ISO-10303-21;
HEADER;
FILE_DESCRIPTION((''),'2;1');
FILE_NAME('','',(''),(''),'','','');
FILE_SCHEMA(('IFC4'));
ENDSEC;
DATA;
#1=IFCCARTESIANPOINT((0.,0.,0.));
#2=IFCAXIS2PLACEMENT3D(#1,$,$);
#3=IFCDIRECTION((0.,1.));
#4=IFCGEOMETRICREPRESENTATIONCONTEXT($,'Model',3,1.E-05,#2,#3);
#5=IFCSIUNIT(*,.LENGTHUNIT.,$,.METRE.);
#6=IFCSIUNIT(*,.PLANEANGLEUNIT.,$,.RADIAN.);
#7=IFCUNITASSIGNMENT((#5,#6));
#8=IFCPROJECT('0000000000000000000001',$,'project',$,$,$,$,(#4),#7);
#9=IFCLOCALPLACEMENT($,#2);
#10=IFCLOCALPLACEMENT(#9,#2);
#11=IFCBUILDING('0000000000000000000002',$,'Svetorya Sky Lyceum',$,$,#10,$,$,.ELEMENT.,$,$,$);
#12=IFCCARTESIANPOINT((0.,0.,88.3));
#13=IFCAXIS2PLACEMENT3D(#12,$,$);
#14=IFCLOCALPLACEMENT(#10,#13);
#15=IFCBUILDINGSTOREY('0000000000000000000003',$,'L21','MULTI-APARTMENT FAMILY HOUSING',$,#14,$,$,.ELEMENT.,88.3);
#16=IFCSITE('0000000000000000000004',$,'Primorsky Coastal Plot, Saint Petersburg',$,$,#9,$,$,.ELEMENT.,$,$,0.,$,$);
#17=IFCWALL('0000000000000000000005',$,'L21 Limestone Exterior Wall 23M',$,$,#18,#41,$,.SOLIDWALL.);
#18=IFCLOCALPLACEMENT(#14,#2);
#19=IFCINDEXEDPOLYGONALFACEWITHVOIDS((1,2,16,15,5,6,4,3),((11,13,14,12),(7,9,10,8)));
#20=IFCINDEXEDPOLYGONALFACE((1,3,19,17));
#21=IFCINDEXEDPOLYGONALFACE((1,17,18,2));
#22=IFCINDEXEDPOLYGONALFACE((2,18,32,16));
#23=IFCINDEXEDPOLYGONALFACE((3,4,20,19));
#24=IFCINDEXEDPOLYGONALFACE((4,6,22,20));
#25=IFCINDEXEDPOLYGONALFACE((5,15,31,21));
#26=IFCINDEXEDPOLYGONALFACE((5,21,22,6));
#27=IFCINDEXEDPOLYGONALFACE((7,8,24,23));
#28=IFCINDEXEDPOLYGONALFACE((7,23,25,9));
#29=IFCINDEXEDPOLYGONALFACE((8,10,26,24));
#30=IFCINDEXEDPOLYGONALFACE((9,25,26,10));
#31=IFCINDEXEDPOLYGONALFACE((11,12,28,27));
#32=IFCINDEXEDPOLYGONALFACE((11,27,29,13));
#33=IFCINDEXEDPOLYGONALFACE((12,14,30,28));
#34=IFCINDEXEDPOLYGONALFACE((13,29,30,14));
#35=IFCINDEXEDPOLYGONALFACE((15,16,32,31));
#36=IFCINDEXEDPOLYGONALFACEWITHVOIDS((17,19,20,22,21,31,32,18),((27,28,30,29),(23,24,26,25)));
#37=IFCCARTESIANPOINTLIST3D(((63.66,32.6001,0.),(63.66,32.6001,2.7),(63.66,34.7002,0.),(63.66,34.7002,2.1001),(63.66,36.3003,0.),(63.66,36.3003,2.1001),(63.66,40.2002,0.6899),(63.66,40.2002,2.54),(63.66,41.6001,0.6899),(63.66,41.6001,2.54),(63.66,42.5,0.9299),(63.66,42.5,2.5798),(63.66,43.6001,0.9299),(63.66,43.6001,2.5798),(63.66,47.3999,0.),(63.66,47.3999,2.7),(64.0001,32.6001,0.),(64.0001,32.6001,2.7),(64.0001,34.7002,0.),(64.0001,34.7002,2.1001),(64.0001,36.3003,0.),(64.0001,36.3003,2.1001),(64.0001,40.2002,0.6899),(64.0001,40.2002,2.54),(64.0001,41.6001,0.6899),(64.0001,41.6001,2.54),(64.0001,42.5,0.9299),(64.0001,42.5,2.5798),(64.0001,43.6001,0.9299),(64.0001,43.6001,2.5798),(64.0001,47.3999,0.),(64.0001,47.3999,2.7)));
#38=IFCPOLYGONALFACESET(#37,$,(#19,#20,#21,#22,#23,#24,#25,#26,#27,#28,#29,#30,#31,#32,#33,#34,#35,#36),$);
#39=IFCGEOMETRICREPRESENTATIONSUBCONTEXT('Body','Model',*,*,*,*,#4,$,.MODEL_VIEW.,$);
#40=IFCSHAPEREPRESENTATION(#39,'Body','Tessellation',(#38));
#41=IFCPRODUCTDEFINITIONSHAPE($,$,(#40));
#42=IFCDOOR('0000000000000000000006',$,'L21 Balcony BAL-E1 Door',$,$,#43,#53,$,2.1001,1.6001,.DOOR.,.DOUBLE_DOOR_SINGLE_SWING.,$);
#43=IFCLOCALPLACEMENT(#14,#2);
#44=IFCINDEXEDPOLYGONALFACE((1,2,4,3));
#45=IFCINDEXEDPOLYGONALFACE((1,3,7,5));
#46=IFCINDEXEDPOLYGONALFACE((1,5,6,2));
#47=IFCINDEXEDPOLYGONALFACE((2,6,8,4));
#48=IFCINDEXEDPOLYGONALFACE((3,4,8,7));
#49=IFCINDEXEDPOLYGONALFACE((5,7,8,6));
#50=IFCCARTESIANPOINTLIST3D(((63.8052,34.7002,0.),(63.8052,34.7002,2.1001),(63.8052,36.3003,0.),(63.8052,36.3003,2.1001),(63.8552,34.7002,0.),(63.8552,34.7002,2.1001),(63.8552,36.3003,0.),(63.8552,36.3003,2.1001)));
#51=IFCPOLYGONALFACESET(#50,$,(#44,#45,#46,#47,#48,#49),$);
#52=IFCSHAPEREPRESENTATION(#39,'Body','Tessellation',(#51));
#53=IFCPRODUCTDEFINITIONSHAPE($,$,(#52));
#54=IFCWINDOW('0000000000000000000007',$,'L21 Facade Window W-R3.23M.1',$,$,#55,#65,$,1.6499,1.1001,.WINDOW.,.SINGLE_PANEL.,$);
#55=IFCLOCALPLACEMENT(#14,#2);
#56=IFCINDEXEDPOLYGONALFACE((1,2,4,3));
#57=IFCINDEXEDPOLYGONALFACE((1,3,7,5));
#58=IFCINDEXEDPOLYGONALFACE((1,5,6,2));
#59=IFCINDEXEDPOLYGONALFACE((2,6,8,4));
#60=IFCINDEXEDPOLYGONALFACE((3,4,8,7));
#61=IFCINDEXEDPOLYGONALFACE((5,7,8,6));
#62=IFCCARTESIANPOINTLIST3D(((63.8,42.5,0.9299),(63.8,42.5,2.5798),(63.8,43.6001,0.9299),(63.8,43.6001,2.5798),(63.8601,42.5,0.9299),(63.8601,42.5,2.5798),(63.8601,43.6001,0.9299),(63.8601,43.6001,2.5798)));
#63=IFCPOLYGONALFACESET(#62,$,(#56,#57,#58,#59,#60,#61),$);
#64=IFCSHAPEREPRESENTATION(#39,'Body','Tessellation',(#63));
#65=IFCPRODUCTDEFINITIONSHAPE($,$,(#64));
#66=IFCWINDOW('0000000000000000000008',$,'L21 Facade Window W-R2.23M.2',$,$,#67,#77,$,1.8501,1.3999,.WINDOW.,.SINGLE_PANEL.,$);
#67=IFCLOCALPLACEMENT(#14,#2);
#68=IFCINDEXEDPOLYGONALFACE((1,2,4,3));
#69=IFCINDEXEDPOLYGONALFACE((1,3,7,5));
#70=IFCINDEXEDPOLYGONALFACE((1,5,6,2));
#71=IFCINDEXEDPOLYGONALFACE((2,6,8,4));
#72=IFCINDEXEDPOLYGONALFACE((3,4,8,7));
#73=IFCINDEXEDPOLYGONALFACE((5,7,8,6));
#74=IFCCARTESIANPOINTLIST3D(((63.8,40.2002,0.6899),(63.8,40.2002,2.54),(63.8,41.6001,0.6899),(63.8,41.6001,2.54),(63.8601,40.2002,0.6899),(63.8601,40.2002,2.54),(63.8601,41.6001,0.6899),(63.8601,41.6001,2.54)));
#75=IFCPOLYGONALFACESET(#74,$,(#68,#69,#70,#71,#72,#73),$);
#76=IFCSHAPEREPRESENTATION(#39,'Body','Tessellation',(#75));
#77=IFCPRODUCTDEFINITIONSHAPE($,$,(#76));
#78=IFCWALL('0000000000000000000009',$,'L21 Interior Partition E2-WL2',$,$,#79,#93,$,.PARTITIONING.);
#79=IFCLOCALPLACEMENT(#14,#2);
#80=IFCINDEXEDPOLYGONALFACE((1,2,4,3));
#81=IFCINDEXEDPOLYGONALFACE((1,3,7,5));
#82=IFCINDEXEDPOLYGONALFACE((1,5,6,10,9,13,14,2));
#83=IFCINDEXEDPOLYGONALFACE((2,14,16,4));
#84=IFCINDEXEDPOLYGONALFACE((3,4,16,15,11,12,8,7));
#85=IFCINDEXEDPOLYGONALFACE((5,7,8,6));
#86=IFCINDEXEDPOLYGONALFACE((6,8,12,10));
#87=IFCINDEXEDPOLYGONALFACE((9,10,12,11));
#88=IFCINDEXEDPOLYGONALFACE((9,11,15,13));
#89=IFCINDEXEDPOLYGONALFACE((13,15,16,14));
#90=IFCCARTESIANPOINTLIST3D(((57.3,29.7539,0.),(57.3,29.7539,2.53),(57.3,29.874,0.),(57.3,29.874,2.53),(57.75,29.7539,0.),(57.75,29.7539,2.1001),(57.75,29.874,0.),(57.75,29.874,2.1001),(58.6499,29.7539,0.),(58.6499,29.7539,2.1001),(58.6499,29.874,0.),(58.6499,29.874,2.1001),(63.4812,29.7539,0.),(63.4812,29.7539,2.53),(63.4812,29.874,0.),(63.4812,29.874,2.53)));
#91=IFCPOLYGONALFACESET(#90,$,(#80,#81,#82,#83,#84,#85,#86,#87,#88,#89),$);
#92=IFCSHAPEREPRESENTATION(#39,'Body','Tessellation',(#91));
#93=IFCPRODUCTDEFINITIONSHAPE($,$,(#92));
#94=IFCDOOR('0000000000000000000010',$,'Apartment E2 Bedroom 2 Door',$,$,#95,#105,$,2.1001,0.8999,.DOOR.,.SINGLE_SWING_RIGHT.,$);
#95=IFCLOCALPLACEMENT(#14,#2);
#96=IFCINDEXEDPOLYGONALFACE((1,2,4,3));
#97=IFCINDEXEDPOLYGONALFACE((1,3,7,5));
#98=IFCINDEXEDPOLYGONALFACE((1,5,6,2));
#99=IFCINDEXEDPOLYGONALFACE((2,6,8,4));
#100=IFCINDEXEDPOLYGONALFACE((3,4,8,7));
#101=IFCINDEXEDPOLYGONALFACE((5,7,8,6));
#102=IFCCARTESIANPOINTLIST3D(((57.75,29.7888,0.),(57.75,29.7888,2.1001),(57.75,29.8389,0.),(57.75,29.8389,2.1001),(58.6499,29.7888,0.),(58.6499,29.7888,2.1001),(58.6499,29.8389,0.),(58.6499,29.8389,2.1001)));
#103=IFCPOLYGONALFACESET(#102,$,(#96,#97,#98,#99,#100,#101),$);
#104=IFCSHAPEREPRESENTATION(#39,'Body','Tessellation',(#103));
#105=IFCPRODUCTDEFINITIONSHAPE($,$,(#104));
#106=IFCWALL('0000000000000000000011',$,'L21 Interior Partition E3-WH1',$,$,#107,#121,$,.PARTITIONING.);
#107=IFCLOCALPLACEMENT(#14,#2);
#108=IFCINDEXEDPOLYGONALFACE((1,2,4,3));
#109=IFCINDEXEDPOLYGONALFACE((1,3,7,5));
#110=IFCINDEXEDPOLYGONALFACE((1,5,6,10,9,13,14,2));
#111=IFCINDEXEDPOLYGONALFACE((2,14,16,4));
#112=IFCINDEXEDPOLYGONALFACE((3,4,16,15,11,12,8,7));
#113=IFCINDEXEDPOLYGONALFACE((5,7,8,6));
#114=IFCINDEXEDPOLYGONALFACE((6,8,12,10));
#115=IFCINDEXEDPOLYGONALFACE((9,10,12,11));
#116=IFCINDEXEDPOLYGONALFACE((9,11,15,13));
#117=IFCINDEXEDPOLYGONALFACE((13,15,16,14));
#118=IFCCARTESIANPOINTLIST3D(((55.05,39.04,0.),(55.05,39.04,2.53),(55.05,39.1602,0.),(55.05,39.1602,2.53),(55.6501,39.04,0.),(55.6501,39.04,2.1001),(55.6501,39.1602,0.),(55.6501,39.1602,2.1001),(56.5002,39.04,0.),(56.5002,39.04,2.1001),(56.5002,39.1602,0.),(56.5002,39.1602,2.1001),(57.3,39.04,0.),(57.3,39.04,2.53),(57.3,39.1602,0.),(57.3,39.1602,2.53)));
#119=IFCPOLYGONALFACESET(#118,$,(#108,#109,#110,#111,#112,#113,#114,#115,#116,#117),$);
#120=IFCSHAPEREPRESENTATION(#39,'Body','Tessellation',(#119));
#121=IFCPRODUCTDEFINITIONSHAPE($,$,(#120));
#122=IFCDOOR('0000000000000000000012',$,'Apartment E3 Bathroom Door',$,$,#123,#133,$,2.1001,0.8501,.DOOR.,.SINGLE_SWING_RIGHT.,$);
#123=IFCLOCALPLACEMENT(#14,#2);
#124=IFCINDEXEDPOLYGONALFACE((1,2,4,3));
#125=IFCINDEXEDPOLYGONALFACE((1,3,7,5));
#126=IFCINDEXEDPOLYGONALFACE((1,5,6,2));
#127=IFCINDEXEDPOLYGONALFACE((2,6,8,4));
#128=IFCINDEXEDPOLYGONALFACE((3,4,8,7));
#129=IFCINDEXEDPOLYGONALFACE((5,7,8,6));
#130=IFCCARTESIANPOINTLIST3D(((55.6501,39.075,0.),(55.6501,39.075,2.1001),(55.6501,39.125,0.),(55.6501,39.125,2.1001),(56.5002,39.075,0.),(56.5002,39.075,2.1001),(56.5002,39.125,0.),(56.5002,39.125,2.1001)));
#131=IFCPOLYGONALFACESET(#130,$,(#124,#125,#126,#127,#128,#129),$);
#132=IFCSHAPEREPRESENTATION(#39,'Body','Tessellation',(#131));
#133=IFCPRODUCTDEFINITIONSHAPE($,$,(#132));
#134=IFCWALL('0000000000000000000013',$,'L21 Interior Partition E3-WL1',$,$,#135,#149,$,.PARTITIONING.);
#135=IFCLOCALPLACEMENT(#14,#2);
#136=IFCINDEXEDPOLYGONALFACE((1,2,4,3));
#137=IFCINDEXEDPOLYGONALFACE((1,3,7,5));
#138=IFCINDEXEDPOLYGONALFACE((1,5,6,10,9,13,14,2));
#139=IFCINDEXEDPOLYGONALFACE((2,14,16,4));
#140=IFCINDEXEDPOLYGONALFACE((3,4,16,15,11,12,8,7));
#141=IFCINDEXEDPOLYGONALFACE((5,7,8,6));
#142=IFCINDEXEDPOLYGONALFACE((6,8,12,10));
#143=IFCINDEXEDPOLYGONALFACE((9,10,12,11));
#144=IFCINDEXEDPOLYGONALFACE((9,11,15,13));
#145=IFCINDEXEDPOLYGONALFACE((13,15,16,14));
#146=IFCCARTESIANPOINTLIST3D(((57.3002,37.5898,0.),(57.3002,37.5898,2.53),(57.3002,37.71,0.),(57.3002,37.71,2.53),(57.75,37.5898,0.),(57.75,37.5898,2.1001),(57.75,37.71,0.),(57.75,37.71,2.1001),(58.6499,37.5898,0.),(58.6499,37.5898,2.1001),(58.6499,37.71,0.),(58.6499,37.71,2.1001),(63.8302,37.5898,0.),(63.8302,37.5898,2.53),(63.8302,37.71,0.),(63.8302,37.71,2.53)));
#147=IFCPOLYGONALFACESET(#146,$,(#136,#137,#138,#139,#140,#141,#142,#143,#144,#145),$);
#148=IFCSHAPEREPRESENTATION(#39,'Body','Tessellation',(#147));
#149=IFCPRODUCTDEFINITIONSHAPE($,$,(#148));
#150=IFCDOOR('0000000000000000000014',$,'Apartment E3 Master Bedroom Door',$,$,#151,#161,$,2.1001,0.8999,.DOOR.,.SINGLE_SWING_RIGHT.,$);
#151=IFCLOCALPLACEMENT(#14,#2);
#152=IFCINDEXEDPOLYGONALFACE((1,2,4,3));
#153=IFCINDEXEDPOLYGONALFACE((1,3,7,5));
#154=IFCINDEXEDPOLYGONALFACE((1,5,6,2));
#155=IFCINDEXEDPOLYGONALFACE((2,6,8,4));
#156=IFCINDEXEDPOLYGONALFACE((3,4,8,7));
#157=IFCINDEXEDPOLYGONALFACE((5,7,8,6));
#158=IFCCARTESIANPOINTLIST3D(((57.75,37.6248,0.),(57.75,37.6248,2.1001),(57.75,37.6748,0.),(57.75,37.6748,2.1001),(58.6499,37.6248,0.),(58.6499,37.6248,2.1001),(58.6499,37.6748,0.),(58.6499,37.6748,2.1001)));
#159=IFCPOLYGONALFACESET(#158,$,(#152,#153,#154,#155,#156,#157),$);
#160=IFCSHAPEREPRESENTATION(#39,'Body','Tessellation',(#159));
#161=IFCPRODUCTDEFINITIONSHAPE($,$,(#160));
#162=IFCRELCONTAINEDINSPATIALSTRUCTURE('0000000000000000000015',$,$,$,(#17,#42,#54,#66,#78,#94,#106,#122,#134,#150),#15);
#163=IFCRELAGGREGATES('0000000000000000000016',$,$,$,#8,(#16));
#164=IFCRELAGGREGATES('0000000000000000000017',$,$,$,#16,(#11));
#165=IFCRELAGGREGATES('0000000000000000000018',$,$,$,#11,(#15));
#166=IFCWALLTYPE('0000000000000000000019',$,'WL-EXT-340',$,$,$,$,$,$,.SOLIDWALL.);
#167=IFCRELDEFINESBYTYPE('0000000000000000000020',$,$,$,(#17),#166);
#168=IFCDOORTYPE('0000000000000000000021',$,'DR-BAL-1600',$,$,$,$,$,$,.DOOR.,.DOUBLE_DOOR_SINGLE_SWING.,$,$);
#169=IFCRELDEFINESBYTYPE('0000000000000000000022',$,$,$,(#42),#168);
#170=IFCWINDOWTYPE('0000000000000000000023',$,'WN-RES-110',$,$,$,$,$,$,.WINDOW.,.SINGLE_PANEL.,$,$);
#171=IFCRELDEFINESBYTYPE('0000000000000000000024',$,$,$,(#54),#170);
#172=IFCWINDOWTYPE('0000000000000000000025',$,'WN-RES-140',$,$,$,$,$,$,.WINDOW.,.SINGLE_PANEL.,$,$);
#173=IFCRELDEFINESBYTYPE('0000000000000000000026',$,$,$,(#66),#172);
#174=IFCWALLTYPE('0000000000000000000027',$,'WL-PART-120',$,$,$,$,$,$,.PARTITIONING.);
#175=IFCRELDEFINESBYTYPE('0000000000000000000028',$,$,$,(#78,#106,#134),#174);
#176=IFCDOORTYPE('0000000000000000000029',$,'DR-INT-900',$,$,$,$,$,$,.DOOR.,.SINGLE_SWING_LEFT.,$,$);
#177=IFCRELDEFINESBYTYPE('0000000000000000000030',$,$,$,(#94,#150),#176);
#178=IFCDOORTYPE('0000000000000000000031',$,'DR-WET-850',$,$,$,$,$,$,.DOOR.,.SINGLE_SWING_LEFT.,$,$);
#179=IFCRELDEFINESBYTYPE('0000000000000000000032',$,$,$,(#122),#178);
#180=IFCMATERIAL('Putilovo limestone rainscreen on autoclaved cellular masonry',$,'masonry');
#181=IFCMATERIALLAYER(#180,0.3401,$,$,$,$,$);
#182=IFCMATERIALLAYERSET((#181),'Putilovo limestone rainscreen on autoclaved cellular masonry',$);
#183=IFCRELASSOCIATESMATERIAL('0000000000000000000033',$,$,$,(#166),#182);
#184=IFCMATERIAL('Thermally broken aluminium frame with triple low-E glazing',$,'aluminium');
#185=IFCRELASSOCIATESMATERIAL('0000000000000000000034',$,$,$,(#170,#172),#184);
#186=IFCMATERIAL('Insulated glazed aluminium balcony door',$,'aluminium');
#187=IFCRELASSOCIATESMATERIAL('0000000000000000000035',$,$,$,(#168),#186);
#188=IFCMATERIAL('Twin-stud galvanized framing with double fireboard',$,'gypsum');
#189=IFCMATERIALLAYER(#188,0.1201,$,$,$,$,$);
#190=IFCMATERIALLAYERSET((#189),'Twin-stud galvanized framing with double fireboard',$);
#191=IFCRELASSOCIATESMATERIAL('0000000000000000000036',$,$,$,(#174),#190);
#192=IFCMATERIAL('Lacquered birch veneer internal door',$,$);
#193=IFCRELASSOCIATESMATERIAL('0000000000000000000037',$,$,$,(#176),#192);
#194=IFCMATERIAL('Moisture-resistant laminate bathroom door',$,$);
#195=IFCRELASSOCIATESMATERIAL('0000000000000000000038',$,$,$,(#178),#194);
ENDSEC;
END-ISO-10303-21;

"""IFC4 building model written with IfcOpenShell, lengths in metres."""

from ifc_helpers import new_model, si_unit, direction, frame, frame_2d, origin, place, context, subcontext, project, spatial, rectangle, extrude, material, layer, layer_set, type_object, element, fill, save


model = new_model("IFC4")

# Units and contexts
model_context = context("Model", 3, precision=1e-05, world=origin(), true_north=direction((0.0, 1.0)))
body_context = subcontext(model_context, "Body", "Model", "MODEL_VIEW")
ifc_project = project(units=[si_unit("LENGTHUNIT", "METRE"), si_unit("PLANEANGLEUNIT", "RADIAN")], contexts=[model_context])

# Site, building, storey
site_placement = place(None, origin())
site = spatial("IfcSite", under=ifc_project, at=site_placement, Name="Primorsky Coastal Plot, Saint Petersburg", CompositionType="ELEMENT", RefElevation=0.0)
building_placement = place(site_placement, origin())
building = spatial("IfcBuilding", under=site, at=building_placement, Name="Svetorya Sky Lyceum", CompositionType="ELEMENT")
storey_placement = place(building_placement, frame((0.0, 0.0, 88.3)))
storey = spatial("IfcBuildingStorey", under=building, at=storey_placement, Name="L21", Description="MULTI-APARTMENT FAMILY HOUSING", CompositionType="ELEMENT", Elevation=88.3)

# Shared definitions
ifc_material_1 = material(Name="Putilovo limestone rainscreen on autoclaved cellular masonry", Category="masonry")
ifc_layer_1 = layer(ifc_material_1, 0.3401)
ifc_layer_set_1 = layer_set([ifc_layer_1], Name="Putilovo limestone rainscreen on autoclaved cellular masonry")
wall_type_1 = type_object("IfcWallType", Name="WL-EXT-340", PredefinedType="SOLIDWALL", material=ifc_layer_set_1)

# Shared definitions
ifc_material_2 = material(Name="Thermally broken aluminium frame with triple low-E glazing", Category="aluminium")
window_type_1 = type_object("IfcWindowType", Name="WN-RES-110", PartitioningType="SINGLE_PANEL", PredefinedType="WINDOW", material=ifc_material_2)

# Wall, openings, door, windows
wall_1_placement = place(storey_placement, frame((63.8301, 32.6001, 0.0), z_axis=(0.0, 0.0, 1.0), x_axis=(0.0, 1.0, 0.0)))
wall_1 = element("IfcWall", 1, at=wall_1_placement, inside=storey, type_object=wall_type_1, Name="L21 Limestone Exterior Wall 23M", PredefinedType="SOLIDWALL", context=body_context, shape_type="SweptSolid", body=[
    extrude(rectangle(XDim=14.7998, YDim=0.3401, at=frame_2d((7.3999, 0.0))), origin(), (0.0, 0.0, 1.0), 2.7),
])
opening_1_placement = place(wall_1_placement, frame((2.1001, 0.0, 0.0)))
opening_1 = element("IfcOpeningElement", 2, at=opening_1_placement, cuts=wall_1, PredefinedType="OPENING", context=body_context, shape_type="SweptSolid", body=[
    extrude(rectangle(XDim=1.6001, YDim=2.1001, at=frame_2d((0.8, 1.05))), frame((0.0, 0.1799, 0.0), z_axis=(0.0, -1.0, 0.0), x_axis=(1.0, 0.0, 0.0)), (0.0, 0.0, 1.0), 0.3601),
])
opening_2_placement = place(wall_1_placement, frame((7.6001, 0.0, 0.6899)))
opening_2 = element("IfcOpeningElement", 3, at=opening_2_placement, cuts=wall_1, PredefinedType="OPENING", context=body_context, shape_type="SweptSolid", body=[
    extrude(rectangle(XDim=1.3999, YDim=1.8501, at=frame_2d((0.7, 0.925))), frame((0.0, 0.1799, 0.0), z_axis=(0.0, -1.0, 0.0), x_axis=(1.0, 0.0, 0.0)), (0.0, 0.0, 1.0), 0.3601),
])
opening_3_placement = place(wall_1_placement, frame((9.8999, 0.0, 0.9299)))
opening_3 = element("IfcOpeningElement", 4, at=opening_3_placement, cuts=wall_1, PredefinedType="OPENING", context=body_context, shape_type="SweptSolid", body=[
    extrude(rectangle(XDim=1.1001, YDim=1.6499, at=frame_2d((0.55, 0.825))), frame((0.0, 0.1799, 0.0), z_axis=(0.0, -1.0, 0.0), x_axis=(1.0, 0.0, 0.0)), (0.0, 0.0, 1.0), 0.3601),
])
ifc_material_3 = material(Name="Insulated glazed aluminium balcony door", Category="aluminium")
door_type_1 = type_object("IfcDoorType", Name="DR-BAL-1600", OperationType="DOUBLE_DOOR_SINGLE_SWING", PredefinedType="DOOR", material=ifc_material_3)
door_1_placement = place(opening_1_placement, origin())
door_1 = element("IfcDoor", 5, at=door_1_placement, inside=storey, type_object=door_type_1, Name="L21 Balcony BAL-E1 Door", OperationType="DOUBLE_DOOR_SINGLE_SWING", OverallHeight=2.1001, OverallWidth=1.6001, PredefinedType="DOOR", context=body_context, shape_type="SweptSolid", body=[
    extrude(rectangle(XDim=1.6001, YDim=2.1001, at=frame_2d((0.8, 1.05))), frame((0.0, 0.0249, 0.0), z_axis=(0.0, -1.0, 0.0), x_axis=(1.0, 0.0, 0.0)), (0.0, 0.0, 1.0), 0.05),
])
fill(opening_1, door_1)
window_1_placement = place(opening_3_placement, origin())
window_1 = element("IfcWindow", 6, at=window_1_placement, inside=storey, type_object=window_type_1, Name="L21 Facade Window W-R3.23M.1", OverallHeight=1.6499, OverallWidth=1.1001, PartitioningType="SINGLE_PANEL", PredefinedType="WINDOW", context=body_context, shape_type="SweptSolid", body=[
    extrude(rectangle(XDim=1.1001, YDim=1.6499, at=frame_2d((0.55, 0.825))), frame((0.0, 0.03, 0.0), z_axis=(0.0, -1.0, 0.0), x_axis=(1.0, 0.0, 0.0)), (0.0, 0.0, 1.0), 0.0601),
])
fill(opening_3, window_1)
window_type_2 = type_object("IfcWindowType", Name="WN-RES-140", PartitioningType="SINGLE_PANEL", PredefinedType="WINDOW", material=ifc_material_2)
window_2_placement = place(opening_2_placement, origin())
window_2 = element("IfcWindow", 7, at=window_2_placement, inside=storey, type_object=window_type_2, Name="L21 Facade Window W-R2.23M.2", OverallHeight=1.8501, OverallWidth=1.3999, PartitioningType="SINGLE_PANEL", PredefinedType="WINDOW", context=body_context, shape_type="SweptSolid", body=[
    extrude(rectangle(XDim=1.3999, YDim=1.8501, at=frame_2d((0.7, 0.925))), frame((0.0, 0.03, 0.0), z_axis=(0.0, -1.0, 0.0), x_axis=(1.0, 0.0, 0.0)), (0.0, 0.0, 1.0), 0.0601),
])
fill(opening_2, window_2)

# Walls, openings, doors
ifc_material_4 = material(Name="Twin-stud galvanized framing with double fireboard", Category="gypsum")
ifc_layer_2 = layer(ifc_material_4, 0.1201)
ifc_layer_set_2 = layer_set([ifc_layer_2], Name="Twin-stud galvanized framing with double fireboard")
wall_type_2 = type_object("IfcWallType", Name="WL-PART-120", PredefinedType="PARTITIONING", material=ifc_layer_set_2)
wall_2_placement = place(storey_placement, frame((57.3, 29.814, 0.0), z_axis=(0.0, 0.0, 1.0), x_axis=(1.0, 0.0, 0.0)))
wall_2 = element("IfcWall", 8, at=wall_2_placement, inside=storey, type_object=wall_type_2, Name="L21 Interior Partition E2-WL2", PredefinedType="PARTITIONING", context=body_context, shape_type="SweptSolid", body=[
    extrude(rectangle(XDim=6.1812, YDim=0.1201, at=frame_2d((3.0906, 0.0))), origin(), (0.0, 0.0, 1.0), 2.53),
])
opening_4_placement = place(wall_2_placement, frame((0.45, 0.0, 0.0)))
opening_4 = element("IfcOpeningElement", 9, at=opening_4_placement, cuts=wall_2, PredefinedType="OPENING", context=body_context, shape_type="SweptSolid", body=[
    extrude(rectangle(XDim=0.8999, YDim=2.1001, at=frame_2d((0.45, 1.05))), frame((0.0, 0.0701, 0.0), z_axis=(0.0, -1.0, 0.0), x_axis=(1.0, 0.0, 0.0)), (0.0, 0.0, 1.0), 0.1401),
])
ifc_material_5 = material(Name="Lacquered birch veneer internal door")
door_type_2 = type_object("IfcDoorType", Name="DR-INT-900", OperationType="SINGLE_SWING_LEFT", PredefinedType="DOOR", material=ifc_material_5)
door_2_placement = place(opening_4_placement, origin())
door_2 = element("IfcDoor", 10, at=door_2_placement, inside=storey, type_object=door_type_2, Name="Apartment E2 Bedroom 2 Door", OperationType="SINGLE_SWING_RIGHT", OverallHeight=2.1001, OverallWidth=0.8999, PredefinedType="DOOR", context=body_context, shape_type="SweptSolid", body=[
    extrude(rectangle(XDim=0.8999, YDim=2.1001, at=frame_2d((0.45, 1.05))), frame((0.0, 0.0249, 0.0), z_axis=(0.0, -1.0, 0.0), x_axis=(1.0, 0.0, 0.0)), (0.0, 0.0, 1.0), 0.05),
])
fill(opening_4, door_2)
wall_3_placement = place(storey_placement, frame((55.05, 39.1001, 0.0), z_axis=(0.0, 0.0, 1.0), x_axis=(1.0, 0.0, 0.0)))
wall_3 = element("IfcWall", 11, at=wall_3_placement, inside=storey, type_object=wall_type_2, Name="L21 Interior Partition E3-WH1", PredefinedType="PARTITIONING", context=body_context, shape_type="SweptSolid", body=[
    extrude(rectangle(XDim=2.25, YDim=0.1201, at=frame_2d((1.125, 0.0))), origin(), (0.0, 0.0, 1.0), 2.53),
])
opening_5_placement = place(wall_3_placement, frame((0.6001, 0.0, 0.0)))
opening_5 = element("IfcOpeningElement", 12, at=opening_5_placement, cuts=wall_3, PredefinedType="OPENING", context=body_context, shape_type="SweptSolid", body=[
    extrude(rectangle(XDim=0.8501, YDim=2.1001, at=frame_2d((0.425, 1.05))), frame((0.0, 0.0701, 0.0), z_axis=(0.0, -1.0, 0.0), x_axis=(1.0, 0.0, 0.0)), (0.0, 0.0, 1.0), 0.1401),
])
ifc_material_6 = material(Name="Moisture-resistant laminate bathroom door")
door_type_3 = type_object("IfcDoorType", Name="DR-WET-850", OperationType="SINGLE_SWING_LEFT", PredefinedType="DOOR", material=ifc_material_6)
door_3_placement = place(opening_5_placement, origin())
door_3 = element("IfcDoor", 13, at=door_3_placement, inside=storey, type_object=door_type_3, Name="Apartment E3 Bathroom Door", OperationType="SINGLE_SWING_RIGHT", OverallHeight=2.1001, OverallWidth=0.8501, PredefinedType="DOOR", context=body_context, shape_type="SweptSolid", body=[
    extrude(rectangle(XDim=0.8501, YDim=2.1001, at=frame_2d((0.425, 1.05))), frame((0.0, 0.0249, 0.0), z_axis=(0.0, -1.0, 0.0), x_axis=(1.0, 0.0, 0.0)), (0.0, 0.0, 1.0), 0.05),
])
fill(opening_5, door_3)
wall_4_placement = place(storey_placement, frame((57.3, 37.6499, 0.0), z_axis=(0.0, 0.0, 1.0), x_axis=(1.0, 0.0, 0.0)))
wall_4 = element("IfcWall", 14, at=wall_4_placement, inside=storey, type_object=wall_type_2, Name="L21 Interior Partition E3-WL1", PredefinedType="PARTITIONING", context=body_context, shape_type="SweptSolid", body=[
    extrude(rectangle(XDim=6.53, YDim=0.1201, at=frame_2d((3.2651, 0.0))), origin(), (0.0, 0.0, 1.0), 2.53),
])
opening_6_placement = place(wall_4_placement, frame((0.45, 0.0, 0.0)))
opening_6 = element("IfcOpeningElement", 15, at=opening_6_placement, cuts=wall_4, PredefinedType="OPENING", context=body_context, shape_type="SweptSolid", body=[
    extrude(rectangle(XDim=0.8999, YDim=2.1001, at=frame_2d((0.45, 1.05))), frame((0.0, 0.0701, 0.0), z_axis=(0.0, -1.0, 0.0), x_axis=(1.0, 0.0, 0.0)), (0.0, 0.0, 1.0), 0.1401),
])
door_4_placement = place(opening_6_placement, origin())
door_4 = element("IfcDoor", 16, at=door_4_placement, inside=storey, type_object=door_type_2, Name="Apartment E3 Master Bedroom Door", OperationType="SINGLE_SWING_RIGHT", OverallHeight=2.1001, OverallWidth=0.8999, PredefinedType="DOOR", context=body_context, shape_type="SweptSolid", body=[
    extrude(rectangle(XDim=0.8999, YDim=2.1001, at=frame_2d((0.45, 1.05))), frame((0.0, 0.0249, 0.0), z_axis=(0.0, -1.0, 0.0), x_axis=(1.0, 0.0, 0.0)), (0.0, 0.0, 1.0), 0.05),
])
fill(opening_6, door_4)

save(model, "model.ifc")
